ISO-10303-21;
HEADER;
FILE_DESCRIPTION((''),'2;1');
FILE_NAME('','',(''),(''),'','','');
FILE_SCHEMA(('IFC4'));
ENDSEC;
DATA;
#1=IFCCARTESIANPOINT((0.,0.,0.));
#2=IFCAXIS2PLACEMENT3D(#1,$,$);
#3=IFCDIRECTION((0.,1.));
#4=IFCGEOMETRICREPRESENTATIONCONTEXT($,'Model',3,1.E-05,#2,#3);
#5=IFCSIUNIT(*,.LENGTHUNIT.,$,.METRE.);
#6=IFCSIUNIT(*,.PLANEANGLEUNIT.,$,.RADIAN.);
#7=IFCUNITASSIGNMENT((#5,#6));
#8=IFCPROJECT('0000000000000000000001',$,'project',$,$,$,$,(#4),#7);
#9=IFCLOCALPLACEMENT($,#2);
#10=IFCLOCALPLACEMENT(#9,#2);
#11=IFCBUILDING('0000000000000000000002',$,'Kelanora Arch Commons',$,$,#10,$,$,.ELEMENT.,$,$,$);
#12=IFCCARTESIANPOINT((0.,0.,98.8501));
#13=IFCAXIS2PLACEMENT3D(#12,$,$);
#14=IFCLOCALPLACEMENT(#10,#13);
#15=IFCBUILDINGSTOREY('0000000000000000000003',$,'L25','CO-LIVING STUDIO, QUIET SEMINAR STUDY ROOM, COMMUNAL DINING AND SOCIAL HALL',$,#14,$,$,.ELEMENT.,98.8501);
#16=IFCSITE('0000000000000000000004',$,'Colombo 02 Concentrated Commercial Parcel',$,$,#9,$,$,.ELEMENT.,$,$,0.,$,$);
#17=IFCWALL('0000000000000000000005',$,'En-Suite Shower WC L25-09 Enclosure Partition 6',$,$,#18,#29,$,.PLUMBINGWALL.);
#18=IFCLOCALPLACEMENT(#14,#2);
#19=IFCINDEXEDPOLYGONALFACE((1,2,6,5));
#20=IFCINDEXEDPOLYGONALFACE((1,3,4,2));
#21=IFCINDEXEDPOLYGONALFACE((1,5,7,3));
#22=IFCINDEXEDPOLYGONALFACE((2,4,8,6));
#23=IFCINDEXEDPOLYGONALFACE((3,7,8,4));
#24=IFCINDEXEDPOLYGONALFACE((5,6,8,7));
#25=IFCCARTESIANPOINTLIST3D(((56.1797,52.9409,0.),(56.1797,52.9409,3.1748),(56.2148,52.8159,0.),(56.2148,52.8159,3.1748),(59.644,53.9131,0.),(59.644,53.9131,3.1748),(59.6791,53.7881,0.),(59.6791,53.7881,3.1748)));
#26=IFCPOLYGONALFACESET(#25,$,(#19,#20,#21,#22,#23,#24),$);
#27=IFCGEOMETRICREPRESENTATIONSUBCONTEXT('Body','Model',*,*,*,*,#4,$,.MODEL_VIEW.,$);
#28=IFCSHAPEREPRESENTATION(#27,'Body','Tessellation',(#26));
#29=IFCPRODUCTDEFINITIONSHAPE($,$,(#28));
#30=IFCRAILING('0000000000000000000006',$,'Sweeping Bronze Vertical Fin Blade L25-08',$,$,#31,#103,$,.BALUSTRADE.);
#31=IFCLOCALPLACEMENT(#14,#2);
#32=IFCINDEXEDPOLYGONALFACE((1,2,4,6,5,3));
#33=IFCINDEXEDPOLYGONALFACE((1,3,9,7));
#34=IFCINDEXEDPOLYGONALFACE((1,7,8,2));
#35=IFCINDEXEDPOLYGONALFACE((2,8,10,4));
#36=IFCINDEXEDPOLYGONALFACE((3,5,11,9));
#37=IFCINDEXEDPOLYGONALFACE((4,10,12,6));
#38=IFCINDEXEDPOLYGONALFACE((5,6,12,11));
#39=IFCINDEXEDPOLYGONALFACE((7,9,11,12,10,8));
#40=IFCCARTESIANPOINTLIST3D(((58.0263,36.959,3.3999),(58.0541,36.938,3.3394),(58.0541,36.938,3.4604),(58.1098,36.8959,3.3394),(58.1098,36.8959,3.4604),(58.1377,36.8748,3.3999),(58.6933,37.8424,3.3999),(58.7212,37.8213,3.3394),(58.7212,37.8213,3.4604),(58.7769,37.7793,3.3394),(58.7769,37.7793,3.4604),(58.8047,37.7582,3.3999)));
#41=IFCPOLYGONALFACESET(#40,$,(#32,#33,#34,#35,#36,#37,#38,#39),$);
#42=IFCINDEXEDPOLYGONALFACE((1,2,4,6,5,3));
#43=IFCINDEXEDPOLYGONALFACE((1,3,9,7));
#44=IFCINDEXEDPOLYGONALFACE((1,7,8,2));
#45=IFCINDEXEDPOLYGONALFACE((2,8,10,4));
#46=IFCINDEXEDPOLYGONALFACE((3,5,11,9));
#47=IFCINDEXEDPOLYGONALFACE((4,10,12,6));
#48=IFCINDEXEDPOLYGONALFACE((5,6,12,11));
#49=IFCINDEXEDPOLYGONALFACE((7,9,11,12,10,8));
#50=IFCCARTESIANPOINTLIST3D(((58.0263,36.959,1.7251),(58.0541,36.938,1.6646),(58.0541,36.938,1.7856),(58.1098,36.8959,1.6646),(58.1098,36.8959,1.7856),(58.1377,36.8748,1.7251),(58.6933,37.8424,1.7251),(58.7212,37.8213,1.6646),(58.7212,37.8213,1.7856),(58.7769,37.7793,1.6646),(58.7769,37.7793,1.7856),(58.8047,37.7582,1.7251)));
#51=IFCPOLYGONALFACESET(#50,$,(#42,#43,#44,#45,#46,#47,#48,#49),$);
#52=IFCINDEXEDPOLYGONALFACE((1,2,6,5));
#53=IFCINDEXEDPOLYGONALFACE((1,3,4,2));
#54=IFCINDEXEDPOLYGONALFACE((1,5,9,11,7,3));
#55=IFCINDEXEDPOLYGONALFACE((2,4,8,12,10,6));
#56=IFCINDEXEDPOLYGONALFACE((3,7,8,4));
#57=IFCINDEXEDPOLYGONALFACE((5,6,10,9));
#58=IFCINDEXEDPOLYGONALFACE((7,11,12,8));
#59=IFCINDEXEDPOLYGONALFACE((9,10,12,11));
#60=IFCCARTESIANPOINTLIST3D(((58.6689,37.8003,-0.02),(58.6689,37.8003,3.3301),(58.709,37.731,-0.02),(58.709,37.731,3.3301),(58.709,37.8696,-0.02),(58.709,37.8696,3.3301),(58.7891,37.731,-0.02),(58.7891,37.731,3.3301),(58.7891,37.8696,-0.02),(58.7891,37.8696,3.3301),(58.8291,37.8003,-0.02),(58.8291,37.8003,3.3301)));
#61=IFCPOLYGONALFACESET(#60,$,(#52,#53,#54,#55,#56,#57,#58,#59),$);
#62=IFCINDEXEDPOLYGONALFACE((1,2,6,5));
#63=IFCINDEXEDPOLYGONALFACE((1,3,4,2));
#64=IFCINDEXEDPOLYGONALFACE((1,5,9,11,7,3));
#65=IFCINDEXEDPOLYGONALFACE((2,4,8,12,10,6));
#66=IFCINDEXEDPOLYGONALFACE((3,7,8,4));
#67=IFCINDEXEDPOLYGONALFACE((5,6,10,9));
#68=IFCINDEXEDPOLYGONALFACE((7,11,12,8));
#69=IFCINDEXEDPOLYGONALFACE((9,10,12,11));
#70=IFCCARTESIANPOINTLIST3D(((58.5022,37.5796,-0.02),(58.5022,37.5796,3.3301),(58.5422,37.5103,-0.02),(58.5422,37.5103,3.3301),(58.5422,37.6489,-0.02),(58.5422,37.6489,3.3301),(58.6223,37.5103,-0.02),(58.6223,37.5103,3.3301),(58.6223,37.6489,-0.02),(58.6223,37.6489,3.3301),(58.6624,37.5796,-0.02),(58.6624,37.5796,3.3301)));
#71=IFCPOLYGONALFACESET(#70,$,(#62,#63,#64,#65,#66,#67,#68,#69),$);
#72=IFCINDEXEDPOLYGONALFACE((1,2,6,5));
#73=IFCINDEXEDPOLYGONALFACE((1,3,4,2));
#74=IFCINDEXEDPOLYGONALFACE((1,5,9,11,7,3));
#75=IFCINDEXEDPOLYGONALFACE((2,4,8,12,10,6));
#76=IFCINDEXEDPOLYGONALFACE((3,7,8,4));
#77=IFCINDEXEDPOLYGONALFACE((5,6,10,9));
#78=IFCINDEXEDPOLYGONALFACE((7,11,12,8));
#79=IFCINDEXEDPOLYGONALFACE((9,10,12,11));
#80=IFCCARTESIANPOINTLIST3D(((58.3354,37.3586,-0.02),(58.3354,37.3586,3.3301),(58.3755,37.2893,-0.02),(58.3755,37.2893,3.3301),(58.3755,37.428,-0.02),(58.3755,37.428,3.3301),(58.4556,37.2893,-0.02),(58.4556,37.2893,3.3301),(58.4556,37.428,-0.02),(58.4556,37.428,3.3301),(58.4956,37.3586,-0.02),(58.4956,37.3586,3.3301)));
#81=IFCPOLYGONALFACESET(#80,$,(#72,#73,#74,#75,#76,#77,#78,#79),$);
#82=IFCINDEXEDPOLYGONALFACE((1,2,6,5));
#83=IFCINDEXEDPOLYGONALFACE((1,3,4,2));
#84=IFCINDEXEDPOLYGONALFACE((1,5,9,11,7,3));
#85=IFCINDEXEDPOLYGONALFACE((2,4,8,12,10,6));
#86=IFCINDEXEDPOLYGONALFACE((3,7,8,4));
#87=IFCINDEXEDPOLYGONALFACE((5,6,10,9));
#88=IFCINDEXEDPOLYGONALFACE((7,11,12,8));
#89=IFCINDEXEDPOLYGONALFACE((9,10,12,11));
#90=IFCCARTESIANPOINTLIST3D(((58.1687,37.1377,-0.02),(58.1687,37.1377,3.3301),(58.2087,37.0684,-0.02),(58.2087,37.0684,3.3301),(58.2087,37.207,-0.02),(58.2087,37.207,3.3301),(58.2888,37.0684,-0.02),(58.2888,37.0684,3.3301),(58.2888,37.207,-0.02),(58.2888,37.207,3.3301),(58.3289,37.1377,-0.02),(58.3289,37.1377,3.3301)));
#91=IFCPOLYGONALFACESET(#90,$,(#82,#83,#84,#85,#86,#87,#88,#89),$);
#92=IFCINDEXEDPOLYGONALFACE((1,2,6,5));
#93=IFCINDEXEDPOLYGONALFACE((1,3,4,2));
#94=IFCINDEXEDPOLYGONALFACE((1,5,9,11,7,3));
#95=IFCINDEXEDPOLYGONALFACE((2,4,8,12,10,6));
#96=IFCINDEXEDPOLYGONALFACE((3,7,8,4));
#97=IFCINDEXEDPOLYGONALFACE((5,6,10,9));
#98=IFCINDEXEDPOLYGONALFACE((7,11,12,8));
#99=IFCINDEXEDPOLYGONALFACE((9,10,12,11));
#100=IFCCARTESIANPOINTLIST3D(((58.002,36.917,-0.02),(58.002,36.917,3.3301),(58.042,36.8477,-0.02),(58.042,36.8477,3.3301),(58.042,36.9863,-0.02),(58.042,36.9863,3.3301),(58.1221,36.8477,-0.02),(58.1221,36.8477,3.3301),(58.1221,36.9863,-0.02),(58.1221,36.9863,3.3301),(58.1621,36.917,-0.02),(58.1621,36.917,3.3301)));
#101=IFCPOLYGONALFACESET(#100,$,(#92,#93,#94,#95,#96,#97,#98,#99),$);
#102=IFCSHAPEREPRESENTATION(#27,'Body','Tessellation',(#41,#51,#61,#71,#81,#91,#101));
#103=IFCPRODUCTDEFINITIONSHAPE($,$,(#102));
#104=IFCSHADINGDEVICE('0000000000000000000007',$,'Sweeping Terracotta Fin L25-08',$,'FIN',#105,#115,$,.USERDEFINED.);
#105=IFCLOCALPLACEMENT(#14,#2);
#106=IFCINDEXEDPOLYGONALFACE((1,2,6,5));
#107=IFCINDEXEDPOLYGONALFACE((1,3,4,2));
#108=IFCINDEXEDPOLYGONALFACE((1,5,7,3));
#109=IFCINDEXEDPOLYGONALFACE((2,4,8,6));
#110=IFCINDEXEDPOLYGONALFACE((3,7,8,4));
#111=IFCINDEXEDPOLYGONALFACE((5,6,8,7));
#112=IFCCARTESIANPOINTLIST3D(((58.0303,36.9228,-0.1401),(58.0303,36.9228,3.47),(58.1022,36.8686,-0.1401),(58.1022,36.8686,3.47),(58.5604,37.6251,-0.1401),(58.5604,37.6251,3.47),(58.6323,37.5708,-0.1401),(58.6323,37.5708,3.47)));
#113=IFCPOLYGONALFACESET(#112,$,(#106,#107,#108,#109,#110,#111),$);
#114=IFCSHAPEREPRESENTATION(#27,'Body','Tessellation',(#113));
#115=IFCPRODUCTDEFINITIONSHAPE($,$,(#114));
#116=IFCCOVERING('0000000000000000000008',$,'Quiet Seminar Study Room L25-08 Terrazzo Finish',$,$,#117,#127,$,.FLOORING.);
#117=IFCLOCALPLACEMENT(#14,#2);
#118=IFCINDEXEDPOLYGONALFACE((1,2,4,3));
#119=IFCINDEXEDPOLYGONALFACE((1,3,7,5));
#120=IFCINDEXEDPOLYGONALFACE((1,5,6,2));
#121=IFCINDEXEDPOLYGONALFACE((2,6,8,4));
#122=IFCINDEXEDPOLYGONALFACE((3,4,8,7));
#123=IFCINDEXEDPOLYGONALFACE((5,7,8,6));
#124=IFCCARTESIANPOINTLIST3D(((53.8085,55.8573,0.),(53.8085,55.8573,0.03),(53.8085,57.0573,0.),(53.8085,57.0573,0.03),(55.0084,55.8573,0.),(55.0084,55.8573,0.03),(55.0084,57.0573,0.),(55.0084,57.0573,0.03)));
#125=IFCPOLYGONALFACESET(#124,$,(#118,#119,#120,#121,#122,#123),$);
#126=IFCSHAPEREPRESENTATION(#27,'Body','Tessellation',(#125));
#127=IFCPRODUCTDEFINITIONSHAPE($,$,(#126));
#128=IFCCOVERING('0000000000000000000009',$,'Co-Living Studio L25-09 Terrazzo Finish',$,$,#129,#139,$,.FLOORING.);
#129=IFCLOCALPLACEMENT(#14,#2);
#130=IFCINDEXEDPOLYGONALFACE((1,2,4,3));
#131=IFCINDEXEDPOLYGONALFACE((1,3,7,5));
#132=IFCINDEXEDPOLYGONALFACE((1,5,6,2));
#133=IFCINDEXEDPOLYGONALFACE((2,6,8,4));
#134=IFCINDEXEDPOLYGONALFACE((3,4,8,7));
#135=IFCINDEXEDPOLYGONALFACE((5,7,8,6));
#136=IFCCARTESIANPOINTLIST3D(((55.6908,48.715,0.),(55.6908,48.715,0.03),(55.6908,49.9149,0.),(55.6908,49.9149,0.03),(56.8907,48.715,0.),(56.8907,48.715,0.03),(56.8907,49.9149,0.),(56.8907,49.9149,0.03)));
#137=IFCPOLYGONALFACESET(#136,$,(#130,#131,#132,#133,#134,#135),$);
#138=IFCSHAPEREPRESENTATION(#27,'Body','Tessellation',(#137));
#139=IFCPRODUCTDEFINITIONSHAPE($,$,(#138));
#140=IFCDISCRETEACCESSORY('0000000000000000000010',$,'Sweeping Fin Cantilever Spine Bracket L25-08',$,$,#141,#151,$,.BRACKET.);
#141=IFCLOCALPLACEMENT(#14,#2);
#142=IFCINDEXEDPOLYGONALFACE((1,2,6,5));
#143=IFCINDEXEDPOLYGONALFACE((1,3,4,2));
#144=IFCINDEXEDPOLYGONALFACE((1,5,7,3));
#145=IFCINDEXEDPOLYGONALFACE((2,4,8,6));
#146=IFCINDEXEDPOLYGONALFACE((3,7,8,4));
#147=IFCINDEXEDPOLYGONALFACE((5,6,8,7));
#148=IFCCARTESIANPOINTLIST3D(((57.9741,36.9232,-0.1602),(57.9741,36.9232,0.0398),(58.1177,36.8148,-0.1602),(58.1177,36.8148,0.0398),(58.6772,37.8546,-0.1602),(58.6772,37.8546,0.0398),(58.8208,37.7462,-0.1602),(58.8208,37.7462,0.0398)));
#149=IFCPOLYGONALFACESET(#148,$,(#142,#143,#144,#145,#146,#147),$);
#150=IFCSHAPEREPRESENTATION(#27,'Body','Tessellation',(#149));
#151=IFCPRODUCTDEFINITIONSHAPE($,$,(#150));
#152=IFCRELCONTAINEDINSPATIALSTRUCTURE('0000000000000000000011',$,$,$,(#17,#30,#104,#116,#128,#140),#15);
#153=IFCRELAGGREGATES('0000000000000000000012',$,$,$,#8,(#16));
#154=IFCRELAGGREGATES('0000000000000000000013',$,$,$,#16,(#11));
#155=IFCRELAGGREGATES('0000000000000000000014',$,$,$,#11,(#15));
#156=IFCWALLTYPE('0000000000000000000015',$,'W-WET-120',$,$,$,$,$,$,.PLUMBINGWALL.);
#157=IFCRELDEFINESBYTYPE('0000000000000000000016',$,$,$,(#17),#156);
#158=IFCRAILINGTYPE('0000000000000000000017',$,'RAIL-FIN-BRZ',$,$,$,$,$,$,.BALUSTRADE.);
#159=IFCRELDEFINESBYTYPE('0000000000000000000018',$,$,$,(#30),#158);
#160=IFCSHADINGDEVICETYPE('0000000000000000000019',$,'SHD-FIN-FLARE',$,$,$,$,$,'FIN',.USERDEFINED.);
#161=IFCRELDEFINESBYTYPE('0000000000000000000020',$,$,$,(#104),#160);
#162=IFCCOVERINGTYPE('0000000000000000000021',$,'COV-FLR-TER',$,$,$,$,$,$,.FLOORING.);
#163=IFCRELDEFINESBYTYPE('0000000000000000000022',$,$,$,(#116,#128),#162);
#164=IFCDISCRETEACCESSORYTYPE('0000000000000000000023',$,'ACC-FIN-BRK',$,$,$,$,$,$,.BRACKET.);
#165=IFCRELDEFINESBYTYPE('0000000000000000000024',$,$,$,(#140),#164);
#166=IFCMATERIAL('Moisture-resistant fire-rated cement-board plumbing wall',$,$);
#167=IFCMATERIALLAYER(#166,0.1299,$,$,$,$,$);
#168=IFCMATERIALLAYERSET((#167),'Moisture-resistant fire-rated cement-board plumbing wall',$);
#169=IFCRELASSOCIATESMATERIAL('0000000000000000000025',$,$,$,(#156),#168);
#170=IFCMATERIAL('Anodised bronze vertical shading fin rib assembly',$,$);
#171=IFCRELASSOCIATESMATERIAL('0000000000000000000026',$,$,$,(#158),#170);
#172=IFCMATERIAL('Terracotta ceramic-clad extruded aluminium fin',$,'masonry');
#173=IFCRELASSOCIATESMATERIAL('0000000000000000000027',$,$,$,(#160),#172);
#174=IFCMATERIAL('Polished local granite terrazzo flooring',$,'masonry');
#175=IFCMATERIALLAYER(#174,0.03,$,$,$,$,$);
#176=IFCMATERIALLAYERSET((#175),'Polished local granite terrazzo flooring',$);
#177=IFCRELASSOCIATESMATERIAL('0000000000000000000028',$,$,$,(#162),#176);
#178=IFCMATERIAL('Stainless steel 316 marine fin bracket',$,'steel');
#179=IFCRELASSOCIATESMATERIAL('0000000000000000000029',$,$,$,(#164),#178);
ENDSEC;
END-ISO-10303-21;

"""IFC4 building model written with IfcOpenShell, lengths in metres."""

from ifc_helpers import new_model, si_unit, direction, frame, frame_2d, origin, origin_2d, place, context, subcontext, project, spatial, polyline, rectangle, outline, extrude, source, transform, mapped, material, layer, layer_set, type_object, element, save


model = new_model("IFC4")

# Units and contexts
model_context = context("Model", 3, precision=1e-05, world=origin(), true_north=direction((0.0, 1.0)))
body_context = subcontext(model_context, "Body", "Model", "MODEL_VIEW")
ifc_project = project(units=[si_unit("LENGTHUNIT", "METRE"), si_unit("PLANEANGLEUNIT", "RADIAN")], contexts=[model_context])

# Site, building, storey
site_placement = place(None, origin())
site = spatial("IfcSite", under=ifc_project, at=site_placement, Name="Colombo 02 Concentrated Commercial Parcel", CompositionType="ELEMENT", RefElevation=0.0)
building_placement = place(site_placement, origin())
building = spatial("IfcBuilding", under=site, at=building_placement, Name="Kelanora Arch Commons", CompositionType="ELEMENT")
storey_placement = place(building_placement, frame((0.0, 0.0, 98.8501)))
storey = spatial("IfcBuildingStorey", under=building, at=storey_placement, Name="L25", Description="CO-LIVING STUDIO, QUIET SEMINAR STUDY ROOM, COMMUNAL DINING AND SOCIAL HALL", CompositionType="ELEMENT", Elevation=98.8501)

# Shared definitions
ifc_material_1 = material(Name="Moisture-resistant fire-rated cement-board plumbing wall")
ifc_layer_1 = layer(ifc_material_1, 0.1299)
ifc_layer_set_1 = layer_set([ifc_layer_1], Name="Moisture-resistant fire-rated cement-board plumbing wall")
wall_type_1 = type_object("IfcWallType", Name="W-WET-120", PredefinedType="PLUMBINGWALL", material=ifc_layer_set_1)

# Wall
wall_1_placement = place(storey_placement, frame((56.1973, 52.8784, 0.0), z_axis=(0.0, 0.0, 1.0), x_axis=(0.962809, 0.270184, 0.0)))
element("IfcWall", 1, at=wall_1_placement, inside=storey, type_object=wall_type_1, Name="En-Suite Shower WC L25-09 Enclosure Partition 6", PredefinedType="PLUMBINGWALL", context=body_context, shape_type="SweptSolid", body=[
    extrude(rectangle(XDim=3.5981, YDim=0.1299, at=frame_2d((1.7991, 0.0))), origin(), (0.0, 0.0, 1.0), 3.1748),
])

# Railing
ifc_material_2 = material(Name="Anodised bronze vertical shading fin rib assembly")
railing_type = type_object("IfcRailingType", Name="RAIL-FIN-BRZ", PredefinedType="BALUSTRADE", material=ifc_material_2)
railing_placement = place(storey_placement, frame((58.749, 37.8003, -0.02)))
element("IfcRailing", 2, at=railing_placement, inside=storey, type_object=railing_type, Name="Sweeping Bronze Vertical Fin Blade L25-08", PredefinedType="BALUSTRADE", context=body_context, shape_type="SweptSolid", body=[
    extrude(outline(polyline([(0.0698, 0.0), (0.0349, 0.0605), (-0.0349, 0.0605), (-0.0698, 0.0), (-0.0349, -0.0605), (0.0349, -0.0605), (0.0698, 0.0)])), frame((0.0, 0.0, 3.4199), z_axis=(-0.602608, -0.798037, 0.0), x_axis=(0.798037, -0.602608, 0.0)), (0.0, 0.0, 1.0), 1.1069),
    extrude(outline(polyline([(0.0698, 0.0), (0.0349, 0.0605), (-0.0349, 0.0605), (-0.0698, 0.0), (-0.0349, -0.0605), (0.0349, -0.0605), (0.0698, 0.0)])), frame((0.0, 0.0, 1.7451), z_axis=(-0.602608, -0.798037, 0.0), x_axis=(0.798037, -0.602608, 0.0)), (0.0, 0.0, 1.0), 1.1069),
    extrude(outline(polyline([(0.0801, 0.0), (0.04, 0.0693), (-0.04, 0.0693), (-0.0801, 0.0), (-0.04, -0.0693), (0.04, -0.0693), (0.0801, 0.0)])), origin(), (0.0, 0.0, 1.0), 3.3501),
    extrude(outline(polyline([(0.0801, 0.0), (0.04, 0.0693), (-0.04, 0.0693), (-0.0801, 0.0), (-0.04, -0.0693), (0.04, -0.0693), (0.0801, 0.0)])), frame((-0.1667, -0.2207, 0.0)), (0.0, 0.0, 1.0), 3.3501),
    extrude(outline(polyline([(0.0801, 0.0), (0.04, 0.0693), (-0.04, 0.0693), (-0.0801, 0.0), (-0.04, -0.0693), (0.04, -0.0693), (0.0801, 0.0)])), frame((-0.3335, -0.4417, 0.0)), (0.0, 0.0, 1.0), 3.3501),
    extrude(outline(polyline([(0.0801, 0.0), (0.04, 0.0693), (-0.04, 0.0693), (-0.0801, 0.0), (-0.04, -0.0693), (0.04, -0.0693), (0.0801, 0.0)])), frame((-0.5002, -0.6626, 0.0)), (0.0, 0.0, 1.0), 3.3501),
    extrude(outline(polyline([(0.0801, 0.0), (0.04, 0.0693), (-0.04, 0.0693), (-0.0801, 0.0), (-0.04, -0.0693), (0.04, -0.0693), (0.0801, 0.0)])), frame((-0.667, -0.8833, 0.0)), (0.0, 0.0, 1.0), 3.3501),
])

# Shading device
ifc_material_3 = material(Name="Terracotta ceramic-clad extruded aluminium fin", Category="masonry")
shading_device_type = type_object("IfcShadingDeviceType", Name="SHD-FIN-FLARE", ElementType="FIN", PredefinedType="USERDEFINED", material=ifc_material_3)
shared_shape_1 = source(origin(), body_context, "Body", "SweptSolid", [
    extrude(rectangle(XDim=0.8799, YDim=0.0901, at=origin_2d()), origin(), (0.0, 0.0, 1.0), 3.6101),
])
shading_device_placement = place(storey_placement, frame((58.3313, 37.2468, -0.1401), z_axis=(0.0, 0.0, 1.0), x_axis=(-0.602512, -0.79811, 0.0)))
element("IfcShadingDevice", 3, at=shading_device_placement, inside=storey, type_object=shading_device_type, Name="Sweeping Terracotta Fin L25-08", ObjectType="FIN", PredefinedType="USERDEFINED", context=body_context, shape_type="MappedRepresentation", body=[
    mapped(shared_shape_1, transform((0.0, 0.0, 0.0), scale=1.0)),
])

# Coverings
ifc_material_4 = material(Name="Polished local granite terrazzo flooring", Category="masonry")
ifc_layer_2 = layer(ifc_material_4, 0.03)
ifc_layer_set_2 = layer_set([ifc_layer_2], Name="Polished local granite terrazzo flooring")
covering_type = type_object("IfcCoveringType", Name="COV-FLR-TER", PredefinedType="FLOORING", material=ifc_layer_set_2)
shared_shape_2 = source(origin(), body_context, "Body", "SweptSolid", [
    extrude(rectangle(XDim=1.2, YDim=1.2, at=origin_2d()), origin(), (0.0, 0.0, 1.0), 0.03),
])
for number, where, z_axis, x_axis, name in (
    (4, (54.4084, 56.4573, 0.0), (0.0, 0.0, 1.0), (1.0, 0.0, 0.0), "Quiet Seminar Study Room L25-08 Terrazzo Finish"),
    (5, (56.2908, 49.3149, 0.0), (0.0, 0.0, 1.0), (1.0, 0.0, 0.0), "Co-Living Studio L25-09 Terrazzo Finish"),
):
    element("IfcCovering", number, at=place(storey_placement, frame(where, z_axis=z_axis, x_axis=x_axis)), inside=storey, type_object=covering_type, Name=name, PredefinedType="FLOORING", context=body_context, shape_type="MappedRepresentation", body=[
        mapped(shared_shape_2, transform((0.0, 0.0, 0.0), scale=1.0)),
    ])

# Discrete accessory
ifc_material_5 = material(Name="Stainless steel 316 marine fin bracket", Category="steel")
discrete_accessory_type = type_object("IfcDiscreteAccessoryType", Name="ACC-FIN-BRK", PredefinedType="BRACKET", material=ifc_material_5)
shared_shape_3 = source(origin(), body_context, "Body", "SweptSolid", [
    extrude(rectangle(XDim=1.167, YDim=0.1799, at=origin_2d()), origin(), (0.0, 0.0, 1.0), 0.2),
])
discrete_accessory_placement = place(storey_placement, frame((58.3975, 37.3347, -0.1602), z_axis=(0.0, 0.0, 1.0), x_axis=(-0.602512, -0.79811, 0.0)))
element("IfcDiscreteAccessory", 6, at=discrete_accessory_placement, inside=storey, type_object=discrete_accessory_type, Name="Sweeping Fin Cantilever Spine Bracket L25-08", PredefinedType="BRACKET", context=body_context, shape_type="MappedRepresentation", body=[
    mapped(shared_shape_3, transform((0.0, 0.0, 0.0), scale=1.0)),
])

save(model, "model.ifc")
